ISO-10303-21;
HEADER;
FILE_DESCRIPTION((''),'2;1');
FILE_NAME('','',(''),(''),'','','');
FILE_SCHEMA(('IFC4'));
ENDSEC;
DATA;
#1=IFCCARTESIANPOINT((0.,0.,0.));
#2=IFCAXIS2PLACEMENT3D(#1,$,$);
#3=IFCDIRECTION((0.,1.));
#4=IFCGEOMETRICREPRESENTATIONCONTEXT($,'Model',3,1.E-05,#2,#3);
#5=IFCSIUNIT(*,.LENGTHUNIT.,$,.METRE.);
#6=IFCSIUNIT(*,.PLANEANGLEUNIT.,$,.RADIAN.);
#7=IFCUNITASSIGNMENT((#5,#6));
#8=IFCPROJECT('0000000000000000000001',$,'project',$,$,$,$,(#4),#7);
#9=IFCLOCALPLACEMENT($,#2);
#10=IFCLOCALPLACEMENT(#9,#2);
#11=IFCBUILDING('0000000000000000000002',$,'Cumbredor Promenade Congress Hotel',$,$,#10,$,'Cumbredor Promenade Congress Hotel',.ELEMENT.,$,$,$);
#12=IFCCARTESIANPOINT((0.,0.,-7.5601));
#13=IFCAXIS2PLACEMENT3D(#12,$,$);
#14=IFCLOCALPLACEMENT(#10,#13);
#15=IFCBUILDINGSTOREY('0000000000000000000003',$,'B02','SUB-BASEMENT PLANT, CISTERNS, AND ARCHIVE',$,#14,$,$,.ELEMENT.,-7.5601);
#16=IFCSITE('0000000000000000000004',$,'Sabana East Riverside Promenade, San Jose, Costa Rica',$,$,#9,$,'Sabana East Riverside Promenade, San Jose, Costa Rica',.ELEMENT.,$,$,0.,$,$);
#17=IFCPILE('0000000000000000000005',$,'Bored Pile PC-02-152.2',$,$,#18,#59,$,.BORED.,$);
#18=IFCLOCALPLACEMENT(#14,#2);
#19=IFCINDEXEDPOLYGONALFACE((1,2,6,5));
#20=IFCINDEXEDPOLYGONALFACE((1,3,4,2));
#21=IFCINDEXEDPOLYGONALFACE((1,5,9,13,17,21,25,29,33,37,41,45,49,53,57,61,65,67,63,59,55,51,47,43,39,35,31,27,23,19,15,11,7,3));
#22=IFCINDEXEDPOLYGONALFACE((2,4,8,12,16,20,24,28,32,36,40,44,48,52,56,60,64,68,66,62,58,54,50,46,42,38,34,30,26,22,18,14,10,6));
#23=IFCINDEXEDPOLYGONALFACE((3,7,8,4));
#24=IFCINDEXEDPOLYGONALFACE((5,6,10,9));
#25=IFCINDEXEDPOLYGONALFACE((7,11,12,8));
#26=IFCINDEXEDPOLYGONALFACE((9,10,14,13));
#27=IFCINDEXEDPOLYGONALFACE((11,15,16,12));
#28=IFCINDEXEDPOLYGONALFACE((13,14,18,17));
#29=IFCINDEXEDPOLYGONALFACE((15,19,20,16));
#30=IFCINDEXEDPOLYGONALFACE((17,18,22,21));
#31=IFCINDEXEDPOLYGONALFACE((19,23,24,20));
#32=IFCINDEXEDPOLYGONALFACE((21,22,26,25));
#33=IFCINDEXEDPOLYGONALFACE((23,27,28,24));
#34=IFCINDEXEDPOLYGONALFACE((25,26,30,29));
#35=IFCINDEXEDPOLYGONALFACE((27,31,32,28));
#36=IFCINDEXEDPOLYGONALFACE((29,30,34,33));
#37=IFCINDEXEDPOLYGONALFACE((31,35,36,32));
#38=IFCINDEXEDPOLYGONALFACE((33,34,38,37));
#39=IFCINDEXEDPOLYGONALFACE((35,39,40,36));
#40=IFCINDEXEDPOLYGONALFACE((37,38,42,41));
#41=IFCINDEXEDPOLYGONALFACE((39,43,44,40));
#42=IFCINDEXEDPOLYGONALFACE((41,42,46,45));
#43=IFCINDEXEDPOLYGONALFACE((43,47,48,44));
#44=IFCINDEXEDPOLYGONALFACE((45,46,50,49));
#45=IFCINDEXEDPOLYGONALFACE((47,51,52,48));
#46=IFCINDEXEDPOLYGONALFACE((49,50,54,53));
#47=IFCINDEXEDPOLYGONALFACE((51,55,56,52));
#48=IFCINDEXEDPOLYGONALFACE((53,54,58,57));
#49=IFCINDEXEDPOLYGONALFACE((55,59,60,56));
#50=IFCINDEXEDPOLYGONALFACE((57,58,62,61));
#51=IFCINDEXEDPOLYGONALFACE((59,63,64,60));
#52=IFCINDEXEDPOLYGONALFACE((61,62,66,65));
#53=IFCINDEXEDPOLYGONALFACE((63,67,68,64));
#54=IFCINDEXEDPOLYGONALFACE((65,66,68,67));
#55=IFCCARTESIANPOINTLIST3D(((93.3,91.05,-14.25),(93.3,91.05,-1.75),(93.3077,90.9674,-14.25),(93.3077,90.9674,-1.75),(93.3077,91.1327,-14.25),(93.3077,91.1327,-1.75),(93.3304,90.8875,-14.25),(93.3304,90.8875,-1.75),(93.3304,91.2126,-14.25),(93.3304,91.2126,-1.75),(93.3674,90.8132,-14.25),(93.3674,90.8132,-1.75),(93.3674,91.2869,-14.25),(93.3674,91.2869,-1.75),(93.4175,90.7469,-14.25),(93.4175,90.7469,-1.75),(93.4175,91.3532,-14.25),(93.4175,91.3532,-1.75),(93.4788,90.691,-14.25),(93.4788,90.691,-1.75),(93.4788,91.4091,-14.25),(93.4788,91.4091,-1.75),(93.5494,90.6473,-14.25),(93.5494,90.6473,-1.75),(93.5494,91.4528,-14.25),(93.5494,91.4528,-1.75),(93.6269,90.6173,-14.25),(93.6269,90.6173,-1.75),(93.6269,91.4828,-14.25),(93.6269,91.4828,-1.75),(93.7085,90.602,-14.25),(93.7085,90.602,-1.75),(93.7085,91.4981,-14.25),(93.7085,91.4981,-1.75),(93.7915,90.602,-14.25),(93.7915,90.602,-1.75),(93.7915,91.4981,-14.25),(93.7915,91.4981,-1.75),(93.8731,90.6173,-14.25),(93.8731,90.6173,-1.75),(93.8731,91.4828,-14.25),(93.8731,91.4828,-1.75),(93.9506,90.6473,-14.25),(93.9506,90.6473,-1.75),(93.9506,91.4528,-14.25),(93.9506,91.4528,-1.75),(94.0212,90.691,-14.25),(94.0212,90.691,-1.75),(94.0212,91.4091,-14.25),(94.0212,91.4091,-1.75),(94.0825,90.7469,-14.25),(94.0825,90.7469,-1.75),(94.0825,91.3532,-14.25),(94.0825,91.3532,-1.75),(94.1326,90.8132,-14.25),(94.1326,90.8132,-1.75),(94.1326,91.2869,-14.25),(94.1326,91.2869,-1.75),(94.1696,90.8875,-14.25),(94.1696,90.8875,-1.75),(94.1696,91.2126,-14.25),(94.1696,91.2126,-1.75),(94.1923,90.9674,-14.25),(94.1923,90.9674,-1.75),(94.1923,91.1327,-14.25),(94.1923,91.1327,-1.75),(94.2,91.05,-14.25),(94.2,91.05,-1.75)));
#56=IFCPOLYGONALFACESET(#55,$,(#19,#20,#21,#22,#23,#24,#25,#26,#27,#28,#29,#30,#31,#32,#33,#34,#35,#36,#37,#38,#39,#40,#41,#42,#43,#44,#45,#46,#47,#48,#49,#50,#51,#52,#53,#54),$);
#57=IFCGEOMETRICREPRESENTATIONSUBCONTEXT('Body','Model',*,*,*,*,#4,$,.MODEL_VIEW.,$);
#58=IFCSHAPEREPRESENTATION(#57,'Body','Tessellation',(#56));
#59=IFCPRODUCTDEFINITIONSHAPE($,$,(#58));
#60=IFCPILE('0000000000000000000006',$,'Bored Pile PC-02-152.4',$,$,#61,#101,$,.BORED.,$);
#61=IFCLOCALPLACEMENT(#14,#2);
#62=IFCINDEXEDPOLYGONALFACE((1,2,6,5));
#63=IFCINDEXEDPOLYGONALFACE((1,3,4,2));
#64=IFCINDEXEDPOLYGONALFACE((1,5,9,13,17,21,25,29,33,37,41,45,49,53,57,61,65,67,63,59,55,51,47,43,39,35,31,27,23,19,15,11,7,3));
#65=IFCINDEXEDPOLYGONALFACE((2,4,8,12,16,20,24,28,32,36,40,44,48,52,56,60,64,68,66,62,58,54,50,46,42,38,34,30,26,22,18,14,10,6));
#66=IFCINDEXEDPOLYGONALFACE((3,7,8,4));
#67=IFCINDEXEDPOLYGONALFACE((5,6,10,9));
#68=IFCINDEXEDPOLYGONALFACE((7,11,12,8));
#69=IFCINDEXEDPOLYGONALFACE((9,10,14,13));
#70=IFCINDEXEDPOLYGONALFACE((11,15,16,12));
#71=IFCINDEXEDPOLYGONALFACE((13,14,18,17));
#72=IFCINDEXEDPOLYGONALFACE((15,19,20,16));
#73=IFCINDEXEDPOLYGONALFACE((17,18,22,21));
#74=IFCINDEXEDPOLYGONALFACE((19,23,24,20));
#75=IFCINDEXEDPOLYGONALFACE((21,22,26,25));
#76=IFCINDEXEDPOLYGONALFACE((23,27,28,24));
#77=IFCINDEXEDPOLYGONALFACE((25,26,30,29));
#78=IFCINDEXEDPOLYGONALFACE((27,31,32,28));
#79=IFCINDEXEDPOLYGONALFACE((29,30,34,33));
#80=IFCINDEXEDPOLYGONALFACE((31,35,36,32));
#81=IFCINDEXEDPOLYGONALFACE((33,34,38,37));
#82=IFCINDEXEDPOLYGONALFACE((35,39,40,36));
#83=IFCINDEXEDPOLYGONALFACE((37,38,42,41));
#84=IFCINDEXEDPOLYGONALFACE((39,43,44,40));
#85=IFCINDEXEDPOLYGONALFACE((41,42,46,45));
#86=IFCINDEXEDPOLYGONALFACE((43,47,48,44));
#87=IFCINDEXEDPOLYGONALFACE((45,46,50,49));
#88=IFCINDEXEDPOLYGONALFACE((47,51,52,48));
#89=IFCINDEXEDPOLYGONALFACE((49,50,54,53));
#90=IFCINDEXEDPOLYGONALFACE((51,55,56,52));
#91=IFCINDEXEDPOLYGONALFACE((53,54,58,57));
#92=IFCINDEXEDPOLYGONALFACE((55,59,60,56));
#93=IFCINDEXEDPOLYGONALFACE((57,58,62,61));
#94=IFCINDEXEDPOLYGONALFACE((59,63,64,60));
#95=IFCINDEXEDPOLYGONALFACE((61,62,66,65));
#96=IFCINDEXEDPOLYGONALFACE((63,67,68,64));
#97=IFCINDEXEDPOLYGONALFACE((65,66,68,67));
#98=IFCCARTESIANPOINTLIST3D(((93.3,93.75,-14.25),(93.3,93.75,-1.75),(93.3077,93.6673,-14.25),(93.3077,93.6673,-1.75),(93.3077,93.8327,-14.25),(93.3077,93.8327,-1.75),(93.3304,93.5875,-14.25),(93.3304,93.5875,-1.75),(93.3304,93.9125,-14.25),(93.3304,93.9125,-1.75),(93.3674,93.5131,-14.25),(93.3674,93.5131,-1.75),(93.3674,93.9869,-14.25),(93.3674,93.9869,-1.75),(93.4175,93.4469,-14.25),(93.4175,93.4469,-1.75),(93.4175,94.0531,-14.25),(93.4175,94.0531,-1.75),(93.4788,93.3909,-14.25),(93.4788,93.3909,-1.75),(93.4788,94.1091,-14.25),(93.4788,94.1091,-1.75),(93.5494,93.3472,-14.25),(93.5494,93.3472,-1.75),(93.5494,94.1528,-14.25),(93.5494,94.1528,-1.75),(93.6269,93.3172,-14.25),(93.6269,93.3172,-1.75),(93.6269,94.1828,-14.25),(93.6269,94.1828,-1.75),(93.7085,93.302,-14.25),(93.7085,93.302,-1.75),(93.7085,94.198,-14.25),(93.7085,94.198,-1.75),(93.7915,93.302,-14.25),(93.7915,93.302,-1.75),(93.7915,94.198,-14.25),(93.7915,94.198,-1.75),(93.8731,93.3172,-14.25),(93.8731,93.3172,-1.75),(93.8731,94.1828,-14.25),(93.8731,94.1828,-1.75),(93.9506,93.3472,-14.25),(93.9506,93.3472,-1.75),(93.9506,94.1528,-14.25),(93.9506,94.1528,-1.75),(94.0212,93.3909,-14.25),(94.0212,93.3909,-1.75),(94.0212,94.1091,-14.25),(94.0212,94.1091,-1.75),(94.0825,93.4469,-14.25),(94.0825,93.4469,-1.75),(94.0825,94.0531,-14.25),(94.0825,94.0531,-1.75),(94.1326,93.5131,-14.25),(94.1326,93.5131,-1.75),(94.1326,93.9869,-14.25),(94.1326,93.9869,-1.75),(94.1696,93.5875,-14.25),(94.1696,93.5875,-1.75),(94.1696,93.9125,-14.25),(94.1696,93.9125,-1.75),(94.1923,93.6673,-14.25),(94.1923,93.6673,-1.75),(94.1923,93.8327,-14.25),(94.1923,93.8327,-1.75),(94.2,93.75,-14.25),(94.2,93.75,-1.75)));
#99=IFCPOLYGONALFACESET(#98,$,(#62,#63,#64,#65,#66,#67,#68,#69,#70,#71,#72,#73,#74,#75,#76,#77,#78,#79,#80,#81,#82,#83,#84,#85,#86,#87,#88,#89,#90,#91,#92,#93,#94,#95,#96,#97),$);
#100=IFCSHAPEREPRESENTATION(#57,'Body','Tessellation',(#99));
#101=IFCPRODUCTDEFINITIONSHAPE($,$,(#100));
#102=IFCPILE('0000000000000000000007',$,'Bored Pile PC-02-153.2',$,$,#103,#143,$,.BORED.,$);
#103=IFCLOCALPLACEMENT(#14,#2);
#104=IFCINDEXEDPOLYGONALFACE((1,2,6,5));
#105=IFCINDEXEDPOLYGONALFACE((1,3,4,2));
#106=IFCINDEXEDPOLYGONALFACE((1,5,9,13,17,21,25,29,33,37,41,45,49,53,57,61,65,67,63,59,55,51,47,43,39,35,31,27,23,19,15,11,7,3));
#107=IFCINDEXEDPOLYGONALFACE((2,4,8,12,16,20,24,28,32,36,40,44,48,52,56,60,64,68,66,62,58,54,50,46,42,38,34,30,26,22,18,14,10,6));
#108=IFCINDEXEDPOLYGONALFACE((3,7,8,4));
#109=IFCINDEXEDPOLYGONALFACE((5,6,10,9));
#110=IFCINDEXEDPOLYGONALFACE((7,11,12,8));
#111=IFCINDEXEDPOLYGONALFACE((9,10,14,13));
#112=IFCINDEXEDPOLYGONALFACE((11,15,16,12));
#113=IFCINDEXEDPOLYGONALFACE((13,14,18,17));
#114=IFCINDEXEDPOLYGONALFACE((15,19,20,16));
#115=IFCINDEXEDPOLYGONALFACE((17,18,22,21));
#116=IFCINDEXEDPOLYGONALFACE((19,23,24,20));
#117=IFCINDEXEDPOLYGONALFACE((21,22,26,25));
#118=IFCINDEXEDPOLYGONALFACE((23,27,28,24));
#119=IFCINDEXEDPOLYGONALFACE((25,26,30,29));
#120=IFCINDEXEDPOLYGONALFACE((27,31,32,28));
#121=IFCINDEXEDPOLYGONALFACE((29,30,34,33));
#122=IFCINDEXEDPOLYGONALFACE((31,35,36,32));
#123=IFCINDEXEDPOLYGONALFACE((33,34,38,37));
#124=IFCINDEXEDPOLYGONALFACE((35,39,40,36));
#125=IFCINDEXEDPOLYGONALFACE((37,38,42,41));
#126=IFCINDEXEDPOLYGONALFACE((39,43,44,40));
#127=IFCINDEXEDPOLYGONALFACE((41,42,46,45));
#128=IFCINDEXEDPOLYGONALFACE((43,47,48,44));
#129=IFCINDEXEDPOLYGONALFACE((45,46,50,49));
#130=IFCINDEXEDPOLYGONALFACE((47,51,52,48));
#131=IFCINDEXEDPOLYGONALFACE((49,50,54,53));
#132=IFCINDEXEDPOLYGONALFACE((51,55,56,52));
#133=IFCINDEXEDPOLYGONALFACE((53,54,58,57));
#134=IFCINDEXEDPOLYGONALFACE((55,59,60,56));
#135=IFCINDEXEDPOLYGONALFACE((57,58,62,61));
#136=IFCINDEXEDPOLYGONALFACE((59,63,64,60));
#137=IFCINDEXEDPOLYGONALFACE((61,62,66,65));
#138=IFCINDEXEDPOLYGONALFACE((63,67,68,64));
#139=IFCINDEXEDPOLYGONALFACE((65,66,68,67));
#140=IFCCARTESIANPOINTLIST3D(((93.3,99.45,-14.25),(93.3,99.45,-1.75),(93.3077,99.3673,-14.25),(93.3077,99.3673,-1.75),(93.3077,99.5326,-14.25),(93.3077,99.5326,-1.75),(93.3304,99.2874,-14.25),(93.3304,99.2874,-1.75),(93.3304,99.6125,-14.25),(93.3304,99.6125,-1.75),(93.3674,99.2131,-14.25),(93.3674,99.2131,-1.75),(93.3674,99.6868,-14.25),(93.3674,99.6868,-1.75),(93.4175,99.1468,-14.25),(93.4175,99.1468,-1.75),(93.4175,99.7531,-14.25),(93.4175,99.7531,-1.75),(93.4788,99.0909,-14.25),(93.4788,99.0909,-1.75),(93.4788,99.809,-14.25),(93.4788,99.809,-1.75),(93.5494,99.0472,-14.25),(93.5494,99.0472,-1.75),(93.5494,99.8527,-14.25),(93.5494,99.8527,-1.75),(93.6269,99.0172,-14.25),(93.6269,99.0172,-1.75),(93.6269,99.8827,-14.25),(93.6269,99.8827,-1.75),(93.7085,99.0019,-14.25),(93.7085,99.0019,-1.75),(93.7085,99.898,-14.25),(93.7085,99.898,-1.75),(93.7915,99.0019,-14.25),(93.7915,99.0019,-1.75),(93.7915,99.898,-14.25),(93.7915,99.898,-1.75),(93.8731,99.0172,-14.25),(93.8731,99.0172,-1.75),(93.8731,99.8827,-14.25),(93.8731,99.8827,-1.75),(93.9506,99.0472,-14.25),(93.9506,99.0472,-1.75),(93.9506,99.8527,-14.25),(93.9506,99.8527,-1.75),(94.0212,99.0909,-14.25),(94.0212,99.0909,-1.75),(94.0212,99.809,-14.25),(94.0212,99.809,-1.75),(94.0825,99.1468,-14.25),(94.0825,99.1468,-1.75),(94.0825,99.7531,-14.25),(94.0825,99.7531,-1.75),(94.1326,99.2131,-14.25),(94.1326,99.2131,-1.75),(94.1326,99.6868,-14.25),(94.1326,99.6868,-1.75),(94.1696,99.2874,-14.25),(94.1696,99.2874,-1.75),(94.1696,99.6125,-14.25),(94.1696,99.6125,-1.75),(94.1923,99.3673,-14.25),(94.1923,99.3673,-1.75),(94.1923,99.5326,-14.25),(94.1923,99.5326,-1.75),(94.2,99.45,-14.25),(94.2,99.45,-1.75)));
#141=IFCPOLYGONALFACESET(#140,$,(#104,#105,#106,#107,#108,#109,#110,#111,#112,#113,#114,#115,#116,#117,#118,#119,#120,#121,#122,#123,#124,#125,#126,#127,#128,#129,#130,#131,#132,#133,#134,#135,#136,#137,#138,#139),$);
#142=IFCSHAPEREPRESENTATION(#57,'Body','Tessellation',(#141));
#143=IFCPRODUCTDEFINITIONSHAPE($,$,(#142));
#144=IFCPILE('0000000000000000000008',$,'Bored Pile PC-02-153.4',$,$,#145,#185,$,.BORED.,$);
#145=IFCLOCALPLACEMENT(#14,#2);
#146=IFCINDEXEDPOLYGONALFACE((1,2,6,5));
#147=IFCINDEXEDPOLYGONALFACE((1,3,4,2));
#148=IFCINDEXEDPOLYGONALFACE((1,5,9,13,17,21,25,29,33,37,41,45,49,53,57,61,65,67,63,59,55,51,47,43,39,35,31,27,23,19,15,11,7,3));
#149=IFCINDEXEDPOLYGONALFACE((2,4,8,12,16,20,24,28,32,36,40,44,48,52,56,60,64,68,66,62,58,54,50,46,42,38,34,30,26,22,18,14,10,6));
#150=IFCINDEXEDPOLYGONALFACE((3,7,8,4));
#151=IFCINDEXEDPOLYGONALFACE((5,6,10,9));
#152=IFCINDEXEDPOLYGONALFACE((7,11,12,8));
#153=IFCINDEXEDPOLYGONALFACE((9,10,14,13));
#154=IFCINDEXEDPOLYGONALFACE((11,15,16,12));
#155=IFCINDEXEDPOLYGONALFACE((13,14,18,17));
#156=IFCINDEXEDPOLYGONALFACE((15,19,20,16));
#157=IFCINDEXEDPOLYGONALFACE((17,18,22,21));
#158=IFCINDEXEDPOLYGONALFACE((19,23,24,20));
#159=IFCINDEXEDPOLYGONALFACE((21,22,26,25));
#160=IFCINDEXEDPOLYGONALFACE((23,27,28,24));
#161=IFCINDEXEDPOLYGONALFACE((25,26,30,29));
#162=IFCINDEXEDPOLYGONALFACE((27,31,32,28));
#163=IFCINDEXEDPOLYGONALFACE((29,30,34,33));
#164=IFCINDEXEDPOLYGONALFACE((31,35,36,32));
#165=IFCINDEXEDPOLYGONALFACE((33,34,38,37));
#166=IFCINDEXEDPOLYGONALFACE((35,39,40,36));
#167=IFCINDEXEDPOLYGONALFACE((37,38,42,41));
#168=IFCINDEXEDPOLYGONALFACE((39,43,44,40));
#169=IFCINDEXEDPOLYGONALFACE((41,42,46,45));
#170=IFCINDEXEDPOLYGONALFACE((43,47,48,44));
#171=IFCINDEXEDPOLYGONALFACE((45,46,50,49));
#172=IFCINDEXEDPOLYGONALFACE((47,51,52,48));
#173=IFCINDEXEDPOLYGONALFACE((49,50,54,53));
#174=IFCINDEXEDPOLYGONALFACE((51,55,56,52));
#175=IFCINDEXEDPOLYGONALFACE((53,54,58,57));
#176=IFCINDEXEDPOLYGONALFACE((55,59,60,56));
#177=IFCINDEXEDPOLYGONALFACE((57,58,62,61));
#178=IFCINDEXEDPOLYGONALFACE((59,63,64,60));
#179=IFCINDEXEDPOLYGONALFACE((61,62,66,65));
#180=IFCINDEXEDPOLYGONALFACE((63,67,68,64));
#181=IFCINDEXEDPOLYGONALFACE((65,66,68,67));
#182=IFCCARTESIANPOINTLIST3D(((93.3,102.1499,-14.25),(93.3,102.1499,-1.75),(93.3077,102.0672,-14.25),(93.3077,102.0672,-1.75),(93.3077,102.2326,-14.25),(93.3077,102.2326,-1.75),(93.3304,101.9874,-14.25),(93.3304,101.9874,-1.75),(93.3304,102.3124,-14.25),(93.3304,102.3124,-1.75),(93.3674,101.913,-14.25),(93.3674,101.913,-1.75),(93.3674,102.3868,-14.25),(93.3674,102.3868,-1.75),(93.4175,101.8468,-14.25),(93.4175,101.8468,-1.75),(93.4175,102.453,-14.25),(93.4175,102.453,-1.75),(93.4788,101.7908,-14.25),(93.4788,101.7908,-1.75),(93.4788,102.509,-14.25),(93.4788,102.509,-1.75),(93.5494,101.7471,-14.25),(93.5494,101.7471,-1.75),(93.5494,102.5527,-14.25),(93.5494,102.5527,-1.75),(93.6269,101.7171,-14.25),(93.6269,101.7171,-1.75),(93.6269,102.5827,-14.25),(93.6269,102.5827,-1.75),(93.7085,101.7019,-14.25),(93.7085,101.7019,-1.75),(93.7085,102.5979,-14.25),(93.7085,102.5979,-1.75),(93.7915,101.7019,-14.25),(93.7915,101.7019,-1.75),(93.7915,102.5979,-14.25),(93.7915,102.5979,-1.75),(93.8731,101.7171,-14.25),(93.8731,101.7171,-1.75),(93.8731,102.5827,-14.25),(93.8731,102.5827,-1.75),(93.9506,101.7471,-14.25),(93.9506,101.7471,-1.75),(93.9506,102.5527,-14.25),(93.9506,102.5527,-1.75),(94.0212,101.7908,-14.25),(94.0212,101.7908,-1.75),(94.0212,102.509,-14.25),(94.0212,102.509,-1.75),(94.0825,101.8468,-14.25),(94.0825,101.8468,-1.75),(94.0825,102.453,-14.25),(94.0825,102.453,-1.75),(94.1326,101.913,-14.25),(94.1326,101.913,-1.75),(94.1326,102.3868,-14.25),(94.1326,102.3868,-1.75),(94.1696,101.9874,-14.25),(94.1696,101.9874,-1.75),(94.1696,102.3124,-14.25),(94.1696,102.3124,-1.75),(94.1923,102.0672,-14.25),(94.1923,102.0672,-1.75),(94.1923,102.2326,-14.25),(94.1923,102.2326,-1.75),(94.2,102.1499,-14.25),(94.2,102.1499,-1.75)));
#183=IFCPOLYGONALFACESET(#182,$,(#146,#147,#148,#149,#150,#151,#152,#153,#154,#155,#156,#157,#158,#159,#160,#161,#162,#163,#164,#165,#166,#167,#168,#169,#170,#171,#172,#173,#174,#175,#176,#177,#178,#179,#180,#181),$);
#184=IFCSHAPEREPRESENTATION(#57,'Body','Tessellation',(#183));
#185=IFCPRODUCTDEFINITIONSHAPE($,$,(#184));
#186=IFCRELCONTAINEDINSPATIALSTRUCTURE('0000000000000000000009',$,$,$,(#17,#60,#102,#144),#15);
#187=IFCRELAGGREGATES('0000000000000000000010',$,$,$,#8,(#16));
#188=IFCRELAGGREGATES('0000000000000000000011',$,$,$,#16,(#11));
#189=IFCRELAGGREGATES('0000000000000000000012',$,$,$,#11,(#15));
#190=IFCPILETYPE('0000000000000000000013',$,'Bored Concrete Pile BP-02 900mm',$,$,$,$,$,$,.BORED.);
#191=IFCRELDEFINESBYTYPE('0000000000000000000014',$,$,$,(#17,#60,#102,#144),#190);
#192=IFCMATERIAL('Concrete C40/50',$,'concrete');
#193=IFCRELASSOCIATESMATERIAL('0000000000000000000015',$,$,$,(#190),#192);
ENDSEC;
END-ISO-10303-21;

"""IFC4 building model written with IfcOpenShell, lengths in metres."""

from ifc_helpers import new_model, si_unit, direction, frame, origin, origin_2d, place, context, subcontext, project, spatial, circle, extrude, material, material_profile, profile_set, type_object, element, save


model = new_model("IFC4")

# Units and contexts
model_context = context("Model", 3, precision=1e-05, world=origin(), true_north=direction((0.0, 1.0)))
body_context = subcontext(model_context, "Body", "Model", "MODEL_VIEW")
ifc_project = project(units=[si_unit("LENGTHUNIT", "METRE"), si_unit("PLANEANGLEUNIT", "RADIAN")], contexts=[model_context])

# Site, building, storey
site_placement = place(None, origin())
site = spatial("IfcSite", under=ifc_project, at=site_placement, Name="Sabana East Riverside Promenade, San Jose, Costa Rica", LongName="Sabana East Riverside Promenade, San Jose, Costa Rica", CompositionType="ELEMENT", RefElevation=0.0)
building_placement = place(site_placement, origin())
building = spatial("IfcBuilding", under=site, at=building_placement, Name="Cumbredor Promenade Congress Hotel", LongName="Cumbredor Promenade Congress Hotel", CompositionType="ELEMENT")
storey_placement = place(building_placement, frame((0.0, 0.0, -7.5601)))
storey = spatial("IfcBuildingStorey", under=building, at=storey_placement, Name="B02", Description="SUB-BASEMENT PLANT, CISTERNS, AND ARCHIVE", CompositionType="ELEMENT", Elevation=-7.5601)

# Piles
ifc_material_1 = material(Name="Concrete C40/50", Category="concrete")
ifc_material_profile_1 = material_profile(ifc_material_1, circle(Radius=0.45, at=origin_2d()), Name="PILE D900")
ifc_profile_set_1 = profile_set([ifc_material_profile_1], Name="Concrete C40/50")
pile_type = type_object("IfcPileType", Name="Bored Concrete Pile BP-02 900mm", PredefinedType="BORED", material=ifc_profile_set_1)
for number, where, z_axis, x_axis, name in (
    (1, (93.75, 91.05, -1.75), (0.0, 0.0, -1.0), (1.0, 0.0, 0.0), "Bored Pile PC-02-152.2"),
    (2, (93.75, 93.75, -1.75), (0.0, 0.0, -1.0), (1.0, 0.0, 0.0), "Bored Pile PC-02-152.4"),
    (3, (93.75, 99.45, -1.75), (0.0, 0.0, -1.0), (1.0, 0.0, 0.0), "Bored Pile PC-02-153.2"),
    (4, (93.75, 102.1499, -1.75), (0.0, 0.0, -1.0), (1.0, 0.0, 0.0), "Bored Pile PC-02-153.4"),
):
    element("IfcPile", number, at=place(storey_placement, frame(where, z_axis=z_axis, x_axis=x_axis)), inside=storey, type_object=pile_type, Name=name, PredefinedType="BORED", context=body_context, shape_type="SweptSolid", body=[
        extrude(circle(Radius=0.45, at=origin_2d()), origin(), (0.0, 0.0, 1.0), 12.5),
    ])

save(model, "model.ifc")
